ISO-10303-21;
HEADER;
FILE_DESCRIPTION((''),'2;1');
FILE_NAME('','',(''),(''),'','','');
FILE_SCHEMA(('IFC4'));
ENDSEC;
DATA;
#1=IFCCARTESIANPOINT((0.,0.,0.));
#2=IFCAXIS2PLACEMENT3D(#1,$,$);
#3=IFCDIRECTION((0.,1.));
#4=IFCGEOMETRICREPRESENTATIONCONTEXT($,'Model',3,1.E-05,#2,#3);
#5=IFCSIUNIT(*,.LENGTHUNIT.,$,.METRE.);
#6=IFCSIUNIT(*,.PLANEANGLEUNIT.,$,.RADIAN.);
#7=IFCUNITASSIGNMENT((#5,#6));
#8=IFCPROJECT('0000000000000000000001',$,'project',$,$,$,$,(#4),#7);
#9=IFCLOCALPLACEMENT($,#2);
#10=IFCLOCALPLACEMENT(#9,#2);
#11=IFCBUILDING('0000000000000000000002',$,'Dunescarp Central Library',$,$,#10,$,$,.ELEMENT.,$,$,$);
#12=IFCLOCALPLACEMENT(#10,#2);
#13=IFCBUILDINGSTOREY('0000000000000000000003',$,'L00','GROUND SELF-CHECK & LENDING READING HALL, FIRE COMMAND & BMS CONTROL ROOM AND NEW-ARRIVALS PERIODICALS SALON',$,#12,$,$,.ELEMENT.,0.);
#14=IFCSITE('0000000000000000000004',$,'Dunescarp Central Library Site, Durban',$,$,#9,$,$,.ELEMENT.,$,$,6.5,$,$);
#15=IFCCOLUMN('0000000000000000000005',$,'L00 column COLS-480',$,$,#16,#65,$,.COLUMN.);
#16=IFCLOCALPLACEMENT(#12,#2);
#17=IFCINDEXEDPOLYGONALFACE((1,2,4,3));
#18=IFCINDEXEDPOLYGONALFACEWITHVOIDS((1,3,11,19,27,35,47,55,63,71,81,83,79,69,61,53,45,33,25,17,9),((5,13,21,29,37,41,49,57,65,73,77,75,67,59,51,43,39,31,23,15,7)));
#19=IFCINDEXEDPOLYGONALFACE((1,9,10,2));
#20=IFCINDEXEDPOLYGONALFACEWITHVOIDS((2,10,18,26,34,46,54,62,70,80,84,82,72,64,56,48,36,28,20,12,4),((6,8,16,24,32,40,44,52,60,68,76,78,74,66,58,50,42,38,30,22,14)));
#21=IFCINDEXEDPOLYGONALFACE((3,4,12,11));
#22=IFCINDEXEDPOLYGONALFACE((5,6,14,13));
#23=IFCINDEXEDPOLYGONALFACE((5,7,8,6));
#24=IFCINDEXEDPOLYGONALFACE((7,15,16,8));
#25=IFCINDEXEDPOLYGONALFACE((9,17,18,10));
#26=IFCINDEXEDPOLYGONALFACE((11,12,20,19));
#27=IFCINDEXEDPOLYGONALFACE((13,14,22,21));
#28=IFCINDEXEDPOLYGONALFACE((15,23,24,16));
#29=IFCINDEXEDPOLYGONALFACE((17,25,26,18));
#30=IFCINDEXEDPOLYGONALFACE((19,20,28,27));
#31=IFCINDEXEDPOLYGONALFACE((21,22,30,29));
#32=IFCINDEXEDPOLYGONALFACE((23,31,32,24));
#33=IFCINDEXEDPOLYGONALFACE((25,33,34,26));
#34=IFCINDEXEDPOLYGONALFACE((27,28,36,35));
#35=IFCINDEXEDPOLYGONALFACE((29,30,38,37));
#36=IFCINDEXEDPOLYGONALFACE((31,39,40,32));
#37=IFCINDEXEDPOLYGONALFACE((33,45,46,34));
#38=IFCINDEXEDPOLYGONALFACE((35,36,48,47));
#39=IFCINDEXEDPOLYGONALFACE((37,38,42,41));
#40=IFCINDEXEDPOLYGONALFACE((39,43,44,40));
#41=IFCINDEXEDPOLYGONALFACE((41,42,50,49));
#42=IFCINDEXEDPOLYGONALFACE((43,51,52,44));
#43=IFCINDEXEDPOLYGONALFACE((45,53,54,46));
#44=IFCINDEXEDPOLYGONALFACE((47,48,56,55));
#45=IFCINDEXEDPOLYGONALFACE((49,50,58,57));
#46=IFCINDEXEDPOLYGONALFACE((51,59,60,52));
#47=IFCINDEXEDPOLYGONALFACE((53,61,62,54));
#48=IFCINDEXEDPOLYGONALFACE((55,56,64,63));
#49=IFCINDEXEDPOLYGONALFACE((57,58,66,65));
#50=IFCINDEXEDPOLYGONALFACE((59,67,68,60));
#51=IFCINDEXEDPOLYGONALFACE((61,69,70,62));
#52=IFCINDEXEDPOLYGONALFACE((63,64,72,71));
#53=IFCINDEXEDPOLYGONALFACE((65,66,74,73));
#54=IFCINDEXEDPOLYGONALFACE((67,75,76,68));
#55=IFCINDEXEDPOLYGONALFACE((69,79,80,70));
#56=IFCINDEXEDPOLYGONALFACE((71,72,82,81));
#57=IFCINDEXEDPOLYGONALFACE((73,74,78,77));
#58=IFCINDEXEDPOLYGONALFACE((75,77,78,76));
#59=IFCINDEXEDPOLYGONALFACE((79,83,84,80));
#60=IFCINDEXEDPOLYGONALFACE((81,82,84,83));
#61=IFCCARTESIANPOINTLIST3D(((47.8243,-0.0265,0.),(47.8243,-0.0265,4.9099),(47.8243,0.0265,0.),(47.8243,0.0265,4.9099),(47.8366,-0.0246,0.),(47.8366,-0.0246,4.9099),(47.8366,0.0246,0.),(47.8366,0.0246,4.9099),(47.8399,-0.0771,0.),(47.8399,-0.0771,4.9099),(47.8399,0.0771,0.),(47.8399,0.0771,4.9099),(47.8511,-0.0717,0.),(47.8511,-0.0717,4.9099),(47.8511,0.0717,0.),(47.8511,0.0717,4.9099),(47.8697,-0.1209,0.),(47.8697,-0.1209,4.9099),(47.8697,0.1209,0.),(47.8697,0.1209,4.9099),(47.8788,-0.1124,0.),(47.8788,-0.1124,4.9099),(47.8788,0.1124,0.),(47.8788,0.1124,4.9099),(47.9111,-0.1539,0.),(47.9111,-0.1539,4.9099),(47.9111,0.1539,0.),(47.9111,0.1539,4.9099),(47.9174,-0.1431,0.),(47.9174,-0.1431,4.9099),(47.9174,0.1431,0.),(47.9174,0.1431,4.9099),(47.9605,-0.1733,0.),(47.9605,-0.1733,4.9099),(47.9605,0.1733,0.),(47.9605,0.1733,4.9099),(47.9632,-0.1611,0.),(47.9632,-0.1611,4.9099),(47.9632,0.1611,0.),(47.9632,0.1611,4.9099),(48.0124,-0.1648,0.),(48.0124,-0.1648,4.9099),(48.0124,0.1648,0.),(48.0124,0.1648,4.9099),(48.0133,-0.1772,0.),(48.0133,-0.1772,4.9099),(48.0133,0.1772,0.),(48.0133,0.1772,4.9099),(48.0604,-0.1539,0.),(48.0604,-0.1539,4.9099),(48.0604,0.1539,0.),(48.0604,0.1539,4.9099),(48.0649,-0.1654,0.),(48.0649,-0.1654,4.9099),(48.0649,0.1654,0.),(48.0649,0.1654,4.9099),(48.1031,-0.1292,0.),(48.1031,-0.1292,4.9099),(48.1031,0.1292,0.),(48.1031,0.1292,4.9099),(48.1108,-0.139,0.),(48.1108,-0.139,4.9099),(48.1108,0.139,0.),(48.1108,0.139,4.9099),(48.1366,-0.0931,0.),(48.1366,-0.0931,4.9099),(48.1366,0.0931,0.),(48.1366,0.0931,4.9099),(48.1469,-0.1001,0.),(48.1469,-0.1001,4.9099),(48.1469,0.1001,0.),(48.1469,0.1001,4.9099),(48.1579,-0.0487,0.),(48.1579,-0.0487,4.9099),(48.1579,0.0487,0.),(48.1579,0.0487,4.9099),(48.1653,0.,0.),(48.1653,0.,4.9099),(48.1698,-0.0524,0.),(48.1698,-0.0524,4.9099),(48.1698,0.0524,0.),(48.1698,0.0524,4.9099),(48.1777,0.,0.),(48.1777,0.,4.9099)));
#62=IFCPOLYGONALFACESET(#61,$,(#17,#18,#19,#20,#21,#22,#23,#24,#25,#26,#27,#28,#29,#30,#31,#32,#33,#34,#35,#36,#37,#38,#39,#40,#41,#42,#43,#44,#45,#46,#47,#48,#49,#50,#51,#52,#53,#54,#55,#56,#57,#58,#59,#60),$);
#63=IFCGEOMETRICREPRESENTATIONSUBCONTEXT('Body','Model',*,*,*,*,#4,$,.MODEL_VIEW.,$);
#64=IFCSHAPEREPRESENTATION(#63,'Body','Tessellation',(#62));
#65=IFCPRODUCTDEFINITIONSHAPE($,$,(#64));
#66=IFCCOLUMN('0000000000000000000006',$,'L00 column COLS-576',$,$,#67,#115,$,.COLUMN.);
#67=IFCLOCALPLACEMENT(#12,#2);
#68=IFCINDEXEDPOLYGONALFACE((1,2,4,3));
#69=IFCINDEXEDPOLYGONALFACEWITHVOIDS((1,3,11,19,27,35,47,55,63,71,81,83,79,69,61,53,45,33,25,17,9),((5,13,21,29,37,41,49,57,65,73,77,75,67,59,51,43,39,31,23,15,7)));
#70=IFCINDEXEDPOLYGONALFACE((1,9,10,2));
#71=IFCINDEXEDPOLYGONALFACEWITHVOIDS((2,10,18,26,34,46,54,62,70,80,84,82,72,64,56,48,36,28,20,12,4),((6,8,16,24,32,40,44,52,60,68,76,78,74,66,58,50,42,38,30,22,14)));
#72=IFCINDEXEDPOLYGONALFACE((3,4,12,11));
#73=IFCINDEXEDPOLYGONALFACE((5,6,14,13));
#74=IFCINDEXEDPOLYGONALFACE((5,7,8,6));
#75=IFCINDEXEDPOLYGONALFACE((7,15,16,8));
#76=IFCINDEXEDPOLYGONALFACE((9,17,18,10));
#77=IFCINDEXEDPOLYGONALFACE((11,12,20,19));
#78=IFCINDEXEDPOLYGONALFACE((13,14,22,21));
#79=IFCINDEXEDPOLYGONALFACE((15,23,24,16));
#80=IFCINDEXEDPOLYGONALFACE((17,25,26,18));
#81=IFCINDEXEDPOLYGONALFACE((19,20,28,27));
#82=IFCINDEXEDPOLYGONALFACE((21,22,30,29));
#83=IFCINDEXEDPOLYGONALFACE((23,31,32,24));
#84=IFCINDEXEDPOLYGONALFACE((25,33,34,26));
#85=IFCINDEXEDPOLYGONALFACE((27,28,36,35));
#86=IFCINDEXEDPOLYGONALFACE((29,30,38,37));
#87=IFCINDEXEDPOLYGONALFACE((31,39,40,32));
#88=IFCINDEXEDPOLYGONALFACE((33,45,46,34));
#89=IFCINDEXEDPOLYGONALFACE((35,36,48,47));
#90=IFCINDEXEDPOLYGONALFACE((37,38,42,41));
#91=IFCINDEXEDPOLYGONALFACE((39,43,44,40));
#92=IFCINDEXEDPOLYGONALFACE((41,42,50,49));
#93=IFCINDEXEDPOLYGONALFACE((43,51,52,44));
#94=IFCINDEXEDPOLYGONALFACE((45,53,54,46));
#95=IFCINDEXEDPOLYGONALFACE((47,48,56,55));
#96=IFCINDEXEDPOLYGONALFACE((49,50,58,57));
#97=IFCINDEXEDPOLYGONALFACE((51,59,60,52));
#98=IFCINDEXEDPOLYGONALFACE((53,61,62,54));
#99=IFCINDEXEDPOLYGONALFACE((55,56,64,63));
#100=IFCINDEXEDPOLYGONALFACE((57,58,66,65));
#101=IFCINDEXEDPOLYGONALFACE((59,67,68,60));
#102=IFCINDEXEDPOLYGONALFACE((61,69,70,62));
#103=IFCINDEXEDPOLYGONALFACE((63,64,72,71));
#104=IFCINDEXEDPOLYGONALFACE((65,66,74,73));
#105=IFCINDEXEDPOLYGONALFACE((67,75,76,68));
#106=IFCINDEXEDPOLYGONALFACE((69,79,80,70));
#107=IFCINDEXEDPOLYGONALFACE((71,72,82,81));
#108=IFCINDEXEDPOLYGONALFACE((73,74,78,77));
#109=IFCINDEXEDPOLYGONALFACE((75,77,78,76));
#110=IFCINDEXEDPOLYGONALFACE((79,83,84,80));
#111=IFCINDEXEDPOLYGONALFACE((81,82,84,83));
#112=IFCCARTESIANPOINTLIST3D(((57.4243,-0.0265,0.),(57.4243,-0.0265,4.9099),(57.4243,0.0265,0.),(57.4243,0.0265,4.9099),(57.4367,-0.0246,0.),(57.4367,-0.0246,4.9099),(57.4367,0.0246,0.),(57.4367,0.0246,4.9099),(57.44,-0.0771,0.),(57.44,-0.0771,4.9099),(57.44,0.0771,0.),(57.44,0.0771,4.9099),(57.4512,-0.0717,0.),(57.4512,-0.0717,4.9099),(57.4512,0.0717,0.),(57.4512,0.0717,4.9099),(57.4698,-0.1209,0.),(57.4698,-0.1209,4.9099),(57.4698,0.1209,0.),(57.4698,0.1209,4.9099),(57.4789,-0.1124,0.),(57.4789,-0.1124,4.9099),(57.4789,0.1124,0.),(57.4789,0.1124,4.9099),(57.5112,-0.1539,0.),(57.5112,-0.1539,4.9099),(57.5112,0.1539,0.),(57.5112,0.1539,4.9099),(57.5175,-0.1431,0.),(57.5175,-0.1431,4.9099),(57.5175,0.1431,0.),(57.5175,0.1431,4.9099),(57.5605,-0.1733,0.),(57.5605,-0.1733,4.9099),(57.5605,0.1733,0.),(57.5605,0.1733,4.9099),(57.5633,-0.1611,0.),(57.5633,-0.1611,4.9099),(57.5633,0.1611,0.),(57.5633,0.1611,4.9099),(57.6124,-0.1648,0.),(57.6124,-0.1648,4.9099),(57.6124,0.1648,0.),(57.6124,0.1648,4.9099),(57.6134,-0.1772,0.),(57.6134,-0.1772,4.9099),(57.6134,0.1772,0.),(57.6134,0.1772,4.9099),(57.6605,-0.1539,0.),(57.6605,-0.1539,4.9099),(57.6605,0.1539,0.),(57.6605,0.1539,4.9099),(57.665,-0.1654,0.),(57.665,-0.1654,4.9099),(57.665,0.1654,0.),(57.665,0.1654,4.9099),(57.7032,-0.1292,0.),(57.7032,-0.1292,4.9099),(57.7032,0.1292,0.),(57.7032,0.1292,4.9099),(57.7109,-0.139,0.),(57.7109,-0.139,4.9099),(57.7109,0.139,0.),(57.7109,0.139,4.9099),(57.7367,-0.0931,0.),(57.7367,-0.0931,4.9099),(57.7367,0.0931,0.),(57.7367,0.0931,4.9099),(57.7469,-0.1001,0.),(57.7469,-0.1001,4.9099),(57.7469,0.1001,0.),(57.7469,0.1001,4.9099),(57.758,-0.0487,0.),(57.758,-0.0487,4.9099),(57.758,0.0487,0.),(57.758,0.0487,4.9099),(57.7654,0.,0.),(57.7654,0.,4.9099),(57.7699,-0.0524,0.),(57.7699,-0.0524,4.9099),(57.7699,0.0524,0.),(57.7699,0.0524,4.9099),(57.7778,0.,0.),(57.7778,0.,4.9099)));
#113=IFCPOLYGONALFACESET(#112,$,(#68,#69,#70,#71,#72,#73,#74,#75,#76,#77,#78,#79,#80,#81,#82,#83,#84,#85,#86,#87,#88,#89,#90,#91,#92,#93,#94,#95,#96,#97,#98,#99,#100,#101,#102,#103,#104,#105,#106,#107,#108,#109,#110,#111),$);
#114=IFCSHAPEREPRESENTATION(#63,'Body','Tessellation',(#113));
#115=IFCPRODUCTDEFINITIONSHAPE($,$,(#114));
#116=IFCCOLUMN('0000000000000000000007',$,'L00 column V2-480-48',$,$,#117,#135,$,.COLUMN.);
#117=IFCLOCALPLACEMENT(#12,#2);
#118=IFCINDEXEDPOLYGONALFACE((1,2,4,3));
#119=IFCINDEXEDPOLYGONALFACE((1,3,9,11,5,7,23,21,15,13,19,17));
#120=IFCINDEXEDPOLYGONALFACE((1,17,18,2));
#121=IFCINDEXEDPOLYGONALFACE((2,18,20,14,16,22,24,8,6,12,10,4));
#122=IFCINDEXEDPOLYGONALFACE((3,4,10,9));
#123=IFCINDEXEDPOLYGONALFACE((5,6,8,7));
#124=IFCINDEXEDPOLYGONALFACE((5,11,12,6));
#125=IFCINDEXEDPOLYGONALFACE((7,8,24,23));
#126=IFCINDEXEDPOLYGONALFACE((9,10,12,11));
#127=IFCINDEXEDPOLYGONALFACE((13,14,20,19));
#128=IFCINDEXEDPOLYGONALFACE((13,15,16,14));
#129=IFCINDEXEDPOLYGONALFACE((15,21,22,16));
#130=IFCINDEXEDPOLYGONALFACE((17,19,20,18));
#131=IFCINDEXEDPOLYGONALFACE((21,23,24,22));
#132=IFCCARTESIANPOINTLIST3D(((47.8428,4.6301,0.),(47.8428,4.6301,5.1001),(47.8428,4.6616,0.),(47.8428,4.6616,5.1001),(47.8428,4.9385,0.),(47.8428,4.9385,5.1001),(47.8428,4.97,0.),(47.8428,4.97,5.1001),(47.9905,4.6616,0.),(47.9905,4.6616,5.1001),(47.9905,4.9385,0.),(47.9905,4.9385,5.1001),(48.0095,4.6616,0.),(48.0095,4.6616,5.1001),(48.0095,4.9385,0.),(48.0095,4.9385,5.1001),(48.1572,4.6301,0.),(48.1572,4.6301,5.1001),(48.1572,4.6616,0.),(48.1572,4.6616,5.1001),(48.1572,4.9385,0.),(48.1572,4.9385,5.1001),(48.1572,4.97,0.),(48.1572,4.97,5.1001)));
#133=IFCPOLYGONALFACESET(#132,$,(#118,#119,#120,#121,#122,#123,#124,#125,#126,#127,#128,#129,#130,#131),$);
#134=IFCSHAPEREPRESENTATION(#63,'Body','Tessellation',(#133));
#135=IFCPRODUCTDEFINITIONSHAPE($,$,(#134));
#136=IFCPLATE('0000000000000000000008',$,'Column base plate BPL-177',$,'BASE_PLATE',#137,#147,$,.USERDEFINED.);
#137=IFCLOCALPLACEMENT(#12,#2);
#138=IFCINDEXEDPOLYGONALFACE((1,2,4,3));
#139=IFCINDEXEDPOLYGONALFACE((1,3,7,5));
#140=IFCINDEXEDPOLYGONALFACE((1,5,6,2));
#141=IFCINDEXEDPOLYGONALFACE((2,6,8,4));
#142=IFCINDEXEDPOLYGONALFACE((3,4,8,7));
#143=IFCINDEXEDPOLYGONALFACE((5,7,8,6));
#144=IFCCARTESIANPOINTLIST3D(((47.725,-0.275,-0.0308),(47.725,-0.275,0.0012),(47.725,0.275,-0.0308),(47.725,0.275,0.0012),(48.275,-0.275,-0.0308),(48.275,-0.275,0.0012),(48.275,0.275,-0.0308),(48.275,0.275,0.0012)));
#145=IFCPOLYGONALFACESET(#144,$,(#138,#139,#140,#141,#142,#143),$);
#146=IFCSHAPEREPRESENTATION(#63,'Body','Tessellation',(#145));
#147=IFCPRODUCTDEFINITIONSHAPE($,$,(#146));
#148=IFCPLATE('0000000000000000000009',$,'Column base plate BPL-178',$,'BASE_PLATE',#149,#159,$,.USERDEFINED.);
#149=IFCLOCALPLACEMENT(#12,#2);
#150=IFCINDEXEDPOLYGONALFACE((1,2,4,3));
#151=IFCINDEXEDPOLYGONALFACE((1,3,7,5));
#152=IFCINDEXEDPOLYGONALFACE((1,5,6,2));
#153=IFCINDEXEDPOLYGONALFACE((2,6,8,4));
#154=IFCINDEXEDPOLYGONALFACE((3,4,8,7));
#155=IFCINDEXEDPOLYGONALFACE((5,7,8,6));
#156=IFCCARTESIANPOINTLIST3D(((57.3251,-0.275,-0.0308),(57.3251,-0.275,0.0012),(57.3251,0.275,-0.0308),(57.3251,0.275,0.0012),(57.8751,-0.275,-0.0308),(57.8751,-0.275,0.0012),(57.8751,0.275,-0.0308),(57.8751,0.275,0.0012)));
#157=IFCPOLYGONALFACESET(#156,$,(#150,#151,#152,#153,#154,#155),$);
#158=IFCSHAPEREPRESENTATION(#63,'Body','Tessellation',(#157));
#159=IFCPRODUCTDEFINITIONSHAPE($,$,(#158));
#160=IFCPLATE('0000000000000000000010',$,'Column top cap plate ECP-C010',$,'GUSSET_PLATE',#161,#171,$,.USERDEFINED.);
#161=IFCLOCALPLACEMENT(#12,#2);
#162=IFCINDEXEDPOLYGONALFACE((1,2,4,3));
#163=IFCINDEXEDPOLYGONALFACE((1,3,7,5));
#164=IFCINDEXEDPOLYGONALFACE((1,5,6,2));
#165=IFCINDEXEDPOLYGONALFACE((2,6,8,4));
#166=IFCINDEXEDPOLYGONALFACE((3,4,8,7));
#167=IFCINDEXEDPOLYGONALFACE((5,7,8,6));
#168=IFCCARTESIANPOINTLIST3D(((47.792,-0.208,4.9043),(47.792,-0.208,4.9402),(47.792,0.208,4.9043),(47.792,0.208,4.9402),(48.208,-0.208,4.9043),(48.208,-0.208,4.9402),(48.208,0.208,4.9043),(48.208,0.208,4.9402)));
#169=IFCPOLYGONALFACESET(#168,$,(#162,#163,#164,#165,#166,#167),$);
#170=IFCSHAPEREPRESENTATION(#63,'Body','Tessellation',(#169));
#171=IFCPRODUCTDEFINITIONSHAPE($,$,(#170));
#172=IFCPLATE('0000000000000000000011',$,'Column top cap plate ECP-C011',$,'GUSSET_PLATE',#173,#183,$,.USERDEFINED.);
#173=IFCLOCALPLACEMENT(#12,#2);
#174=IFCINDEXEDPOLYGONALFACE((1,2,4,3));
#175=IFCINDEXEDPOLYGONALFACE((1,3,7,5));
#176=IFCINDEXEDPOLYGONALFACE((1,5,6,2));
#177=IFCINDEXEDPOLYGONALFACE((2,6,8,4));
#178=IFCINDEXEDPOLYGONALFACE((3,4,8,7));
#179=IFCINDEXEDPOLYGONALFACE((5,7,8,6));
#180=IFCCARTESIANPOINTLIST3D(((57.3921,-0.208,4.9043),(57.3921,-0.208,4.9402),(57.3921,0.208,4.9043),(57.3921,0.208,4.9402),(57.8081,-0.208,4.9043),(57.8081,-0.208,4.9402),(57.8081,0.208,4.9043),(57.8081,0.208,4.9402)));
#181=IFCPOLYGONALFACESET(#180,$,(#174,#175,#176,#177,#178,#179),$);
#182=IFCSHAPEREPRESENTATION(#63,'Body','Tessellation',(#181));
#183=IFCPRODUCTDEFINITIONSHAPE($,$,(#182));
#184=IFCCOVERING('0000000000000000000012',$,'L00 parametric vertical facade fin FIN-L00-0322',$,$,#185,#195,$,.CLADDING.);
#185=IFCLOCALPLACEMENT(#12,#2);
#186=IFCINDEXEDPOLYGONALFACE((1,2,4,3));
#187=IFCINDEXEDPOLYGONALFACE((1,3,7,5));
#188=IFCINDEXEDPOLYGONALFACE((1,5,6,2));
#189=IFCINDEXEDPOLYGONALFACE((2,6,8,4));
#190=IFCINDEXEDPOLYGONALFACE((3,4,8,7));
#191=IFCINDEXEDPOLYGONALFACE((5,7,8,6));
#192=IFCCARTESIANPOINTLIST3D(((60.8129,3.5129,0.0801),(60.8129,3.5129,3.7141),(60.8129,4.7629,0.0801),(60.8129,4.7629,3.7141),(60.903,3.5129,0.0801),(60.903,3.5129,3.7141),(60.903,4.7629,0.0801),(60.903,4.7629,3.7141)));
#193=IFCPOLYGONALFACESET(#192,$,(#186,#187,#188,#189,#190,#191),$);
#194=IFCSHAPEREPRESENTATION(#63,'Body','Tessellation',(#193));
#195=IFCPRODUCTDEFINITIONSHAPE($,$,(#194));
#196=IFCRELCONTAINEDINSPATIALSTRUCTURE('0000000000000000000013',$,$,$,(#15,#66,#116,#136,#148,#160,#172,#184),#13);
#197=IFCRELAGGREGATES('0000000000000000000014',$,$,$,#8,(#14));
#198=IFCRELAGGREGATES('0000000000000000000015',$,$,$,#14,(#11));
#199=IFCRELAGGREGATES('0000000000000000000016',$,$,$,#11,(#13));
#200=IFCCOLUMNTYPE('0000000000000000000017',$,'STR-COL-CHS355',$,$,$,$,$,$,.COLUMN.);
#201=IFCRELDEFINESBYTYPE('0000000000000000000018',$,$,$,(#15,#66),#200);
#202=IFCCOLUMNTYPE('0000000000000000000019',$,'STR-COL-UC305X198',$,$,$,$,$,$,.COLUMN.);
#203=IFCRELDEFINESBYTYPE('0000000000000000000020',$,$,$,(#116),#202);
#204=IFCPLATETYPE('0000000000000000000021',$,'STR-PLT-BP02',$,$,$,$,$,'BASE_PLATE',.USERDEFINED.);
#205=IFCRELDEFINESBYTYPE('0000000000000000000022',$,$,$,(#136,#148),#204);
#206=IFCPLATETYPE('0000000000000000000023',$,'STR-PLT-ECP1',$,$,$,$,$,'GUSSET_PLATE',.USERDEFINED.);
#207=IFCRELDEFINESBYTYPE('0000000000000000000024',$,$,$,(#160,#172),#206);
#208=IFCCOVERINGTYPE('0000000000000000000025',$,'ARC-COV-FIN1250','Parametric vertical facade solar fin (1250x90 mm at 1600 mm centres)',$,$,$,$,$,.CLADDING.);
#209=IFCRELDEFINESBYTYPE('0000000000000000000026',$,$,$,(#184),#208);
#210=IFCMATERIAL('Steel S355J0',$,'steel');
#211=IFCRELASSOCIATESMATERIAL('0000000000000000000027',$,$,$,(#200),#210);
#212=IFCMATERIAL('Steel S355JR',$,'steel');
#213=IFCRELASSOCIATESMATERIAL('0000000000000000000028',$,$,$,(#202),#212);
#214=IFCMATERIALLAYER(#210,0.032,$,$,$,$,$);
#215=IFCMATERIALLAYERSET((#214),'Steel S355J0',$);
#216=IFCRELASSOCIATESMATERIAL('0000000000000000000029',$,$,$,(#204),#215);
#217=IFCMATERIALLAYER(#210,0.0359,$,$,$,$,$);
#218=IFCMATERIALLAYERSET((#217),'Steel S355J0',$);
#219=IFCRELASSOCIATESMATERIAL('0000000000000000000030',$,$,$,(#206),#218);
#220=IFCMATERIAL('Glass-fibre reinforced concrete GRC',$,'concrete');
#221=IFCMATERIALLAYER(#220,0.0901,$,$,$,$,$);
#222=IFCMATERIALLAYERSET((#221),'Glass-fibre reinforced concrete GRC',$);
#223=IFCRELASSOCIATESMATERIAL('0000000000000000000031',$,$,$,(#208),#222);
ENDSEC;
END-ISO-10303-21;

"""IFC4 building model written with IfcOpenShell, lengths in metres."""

from ifc_helpers import new_model, si_unit, direction, frame, origin, origin_2d, place, context, subcontext, project, spatial, rectangle, hollow_circle, i_section, extrude, material, layer, layer_set, material_profile, profile_set, type_object, element, save


model = new_model("IFC4")

# Units and contexts
model_context = context("Model", 3, precision=1e-05, world=origin(), true_north=direction((0.0, 1.0)))
body_context = subcontext(model_context, "Body", "Model", "MODEL_VIEW")
ifc_project = project(units=[si_unit("LENGTHUNIT", "METRE"), si_unit("PLANEANGLEUNIT", "RADIAN")], contexts=[model_context])

# Site, building, storey
site_placement = place(None, origin())
site = spatial("IfcSite", under=ifc_project, at=site_placement, Name="Dunescarp Central Library Site, Durban", CompositionType="ELEMENT", RefElevation=6.5)
building_placement = place(site_placement, origin())
building = spatial("IfcBuilding", under=site, at=building_placement, Name="Dunescarp Central Library", CompositionType="ELEMENT")
storey_placement = place(building_placement, origin())
storey = spatial("IfcBuildingStorey", under=building, at=storey_placement, Name="L00", Description="GROUND SELF-CHECK & LENDING READING HALL, FIRE COMMAND & BMS CONTROL ROOM AND NEW-ARRIVALS PERIODICALS SALON", CompositionType="ELEMENT", Elevation=0.0)

# Columns
ifc_material_1 = material(Name="Steel S355J0", Category="steel")
ifc_material_profile_1 = material_profile(ifc_material_1, hollow_circle(Radius=0.1777, WallThickness=0.0125, at=origin_2d()), Name="CHS 355.6x12.5")
ifc_profile_set_1 = profile_set([ifc_material_profile_1], Name="Steel S355J0")
column_type_1 = type_object("IfcColumnType", Name="STR-COL-CHS355", PredefinedType="COLUMN", material=ifc_profile_set_1)
for number, where, z_axis, x_axis, name in (
    (1, (48.0, 0.0, 0.0), (0.0, 0.0, 1.0), (1.0, 0.0, 0.0), "L00 column COLS-480"),
    (2, (57.6001, 0.0, 0.0), (0.0, 0.0, 1.0), (1.0, 0.0, 0.0), "L00 column COLS-576"),
):
    element("IfcColumn", number, at=place(storey_placement, frame(where, z_axis=z_axis, x_axis=x_axis)), inside=storey, type_object=column_type_1, Name=name, PredefinedType="COLUMN", context=body_context, shape_type="SweptSolid", body=[
        extrude(hollow_circle(Radius=0.1777, WallThickness=0.0125, at=origin_2d()), origin(), (0.0, 0.0, 1.0), 4.9099),
    ])
ifc_material_2 = material(Name="Steel S355JR", Category="steel")
ifc_material_profile_2 = material_profile(ifc_material_2, i_section(OverallWidth=0.3145, OverallDepth=0.3398, WebThickness=0.019, FlangeThickness=0.0315, at=origin_2d()), Name="UC 305x305x198")
ifc_profile_set_2 = profile_set([ifc_material_profile_2], Name="Steel S355JR")
column_type_2 = type_object("IfcColumnType", Name="STR-COL-UC305X198", PredefinedType="COLUMN", material=ifc_profile_set_2)
column_placement = place(storey_placement, frame((48.0, 4.8, 0.0), z_axis=(0.0, 0.0, 1.0), x_axis=(1.0, 0.0, 0.0)))
element("IfcColumn", 3, at=column_placement, inside=storey, type_object=column_type_2, Name="L00 column V2-480-48", PredefinedType="COLUMN", context=body_context, shape_type="SweptSolid", body=[
    extrude(i_section(OverallWidth=0.3145, OverallDepth=0.3398, WebThickness=0.019, FlangeThickness=0.0315, at=origin_2d()), origin(), (0.0, 0.0, 1.0), 5.1001),
])

# Plates
ifc_layer_1 = layer(ifc_material_1, 0.032)
ifc_layer_set_1 = layer_set([ifc_layer_1], Name="Steel S355J0")
plate_type_1 = type_object("IfcPlateType", Name="STR-PLT-BP02", ElementType="BASE_PLATE", PredefinedType="USERDEFINED", material=ifc_layer_set_1)
for number, where, z_axis, x_axis, name in (
    (4, (48.0, 0.0, -0.0308), (0.0, 0.0, 1.0), (1.0, 0.0, 0.0), "Column base plate BPL-177"),
    (5, (57.6001, 0.0, -0.0308), (0.0, 0.0, 1.0), (1.0, 0.0, 0.0), "Column base plate BPL-178"),
):
    element("IfcPlate", number, at=place(storey_placement, frame(where, z_axis=z_axis, x_axis=x_axis)), inside=storey, type_object=plate_type_1, Name=name, ObjectType="BASE_PLATE", PredefinedType="USERDEFINED", context=body_context, shape_type="SweptSolid", body=[
        extrude(rectangle(XDim=0.55, YDim=0.55, at=origin_2d()), origin(), (0.0, 0.0, 1.0), 0.032),
    ])
ifc_layer_2 = layer(ifc_material_1, 0.0359)
ifc_layer_set_2 = layer_set([ifc_layer_2], Name="Steel S355J0")
plate_type_2 = type_object("IfcPlateType", Name="STR-PLT-ECP1", ElementType="GUSSET_PLATE", PredefinedType="USERDEFINED", material=ifc_layer_set_2)
for number, where, z_axis, x_axis, name in (
    (6, (48.0, 0.0, 4.9043), (0.0, 0.0, 1.0), (1.0, 0.0, 0.0), "Column top cap plate ECP-C010"),
    (7, (57.6001, 0.0, 4.9043), (0.0, 0.0, 1.0), (1.0, 0.0, 0.0), "Column top cap plate ECP-C011"),
):
    element("IfcPlate", number, at=place(storey_placement, frame(where, z_axis=z_axis, x_axis=x_axis)), inside=storey, type_object=plate_type_2, Name=name, ObjectType="GUSSET_PLATE", PredefinedType="USERDEFINED", context=body_context, shape_type="SweptSolid", body=[
        extrude(rectangle(XDim=0.416, YDim=0.416, at=origin_2d()), origin(), (0.0, 0.0, 1.0), 0.0359),
    ])

# Covering
ifc_material_3 = material(Name="Glass-fibre reinforced concrete GRC", Category="concrete")
ifc_layer_3 = layer(ifc_material_3, 0.0901)
ifc_layer_set_3 = layer_set([ifc_layer_3], Name="Glass-fibre reinforced concrete GRC")
covering_type = type_object("IfcCoveringType", Name="ARC-COV-FIN1250", Description="Parametric vertical facade solar fin (1250x90 mm at 1600 mm centres)", PredefinedType="CLADDING", material=ifc_layer_set_3)
covering_1_placement = place(storey_placement, frame((60.8579, 4.1379, 0.0801), z_axis=(0.0, 0.0, 1.0), x_axis=(0.0, -1.0, 0.0)))
element("IfcCovering", 8, at=covering_1_placement, inside=storey, type_object=covering_type, Name="L00 parametric vertical facade fin FIN-L00-0322", PredefinedType="CLADDING", context=body_context, shape_type="SweptSolid", body=[
    extrude(rectangle(XDim=1.25, YDim=0.0901, at=origin_2d()), origin(), (0.0, 0.0, 1.0), 3.634),
])

save(model, "model.ifc")
